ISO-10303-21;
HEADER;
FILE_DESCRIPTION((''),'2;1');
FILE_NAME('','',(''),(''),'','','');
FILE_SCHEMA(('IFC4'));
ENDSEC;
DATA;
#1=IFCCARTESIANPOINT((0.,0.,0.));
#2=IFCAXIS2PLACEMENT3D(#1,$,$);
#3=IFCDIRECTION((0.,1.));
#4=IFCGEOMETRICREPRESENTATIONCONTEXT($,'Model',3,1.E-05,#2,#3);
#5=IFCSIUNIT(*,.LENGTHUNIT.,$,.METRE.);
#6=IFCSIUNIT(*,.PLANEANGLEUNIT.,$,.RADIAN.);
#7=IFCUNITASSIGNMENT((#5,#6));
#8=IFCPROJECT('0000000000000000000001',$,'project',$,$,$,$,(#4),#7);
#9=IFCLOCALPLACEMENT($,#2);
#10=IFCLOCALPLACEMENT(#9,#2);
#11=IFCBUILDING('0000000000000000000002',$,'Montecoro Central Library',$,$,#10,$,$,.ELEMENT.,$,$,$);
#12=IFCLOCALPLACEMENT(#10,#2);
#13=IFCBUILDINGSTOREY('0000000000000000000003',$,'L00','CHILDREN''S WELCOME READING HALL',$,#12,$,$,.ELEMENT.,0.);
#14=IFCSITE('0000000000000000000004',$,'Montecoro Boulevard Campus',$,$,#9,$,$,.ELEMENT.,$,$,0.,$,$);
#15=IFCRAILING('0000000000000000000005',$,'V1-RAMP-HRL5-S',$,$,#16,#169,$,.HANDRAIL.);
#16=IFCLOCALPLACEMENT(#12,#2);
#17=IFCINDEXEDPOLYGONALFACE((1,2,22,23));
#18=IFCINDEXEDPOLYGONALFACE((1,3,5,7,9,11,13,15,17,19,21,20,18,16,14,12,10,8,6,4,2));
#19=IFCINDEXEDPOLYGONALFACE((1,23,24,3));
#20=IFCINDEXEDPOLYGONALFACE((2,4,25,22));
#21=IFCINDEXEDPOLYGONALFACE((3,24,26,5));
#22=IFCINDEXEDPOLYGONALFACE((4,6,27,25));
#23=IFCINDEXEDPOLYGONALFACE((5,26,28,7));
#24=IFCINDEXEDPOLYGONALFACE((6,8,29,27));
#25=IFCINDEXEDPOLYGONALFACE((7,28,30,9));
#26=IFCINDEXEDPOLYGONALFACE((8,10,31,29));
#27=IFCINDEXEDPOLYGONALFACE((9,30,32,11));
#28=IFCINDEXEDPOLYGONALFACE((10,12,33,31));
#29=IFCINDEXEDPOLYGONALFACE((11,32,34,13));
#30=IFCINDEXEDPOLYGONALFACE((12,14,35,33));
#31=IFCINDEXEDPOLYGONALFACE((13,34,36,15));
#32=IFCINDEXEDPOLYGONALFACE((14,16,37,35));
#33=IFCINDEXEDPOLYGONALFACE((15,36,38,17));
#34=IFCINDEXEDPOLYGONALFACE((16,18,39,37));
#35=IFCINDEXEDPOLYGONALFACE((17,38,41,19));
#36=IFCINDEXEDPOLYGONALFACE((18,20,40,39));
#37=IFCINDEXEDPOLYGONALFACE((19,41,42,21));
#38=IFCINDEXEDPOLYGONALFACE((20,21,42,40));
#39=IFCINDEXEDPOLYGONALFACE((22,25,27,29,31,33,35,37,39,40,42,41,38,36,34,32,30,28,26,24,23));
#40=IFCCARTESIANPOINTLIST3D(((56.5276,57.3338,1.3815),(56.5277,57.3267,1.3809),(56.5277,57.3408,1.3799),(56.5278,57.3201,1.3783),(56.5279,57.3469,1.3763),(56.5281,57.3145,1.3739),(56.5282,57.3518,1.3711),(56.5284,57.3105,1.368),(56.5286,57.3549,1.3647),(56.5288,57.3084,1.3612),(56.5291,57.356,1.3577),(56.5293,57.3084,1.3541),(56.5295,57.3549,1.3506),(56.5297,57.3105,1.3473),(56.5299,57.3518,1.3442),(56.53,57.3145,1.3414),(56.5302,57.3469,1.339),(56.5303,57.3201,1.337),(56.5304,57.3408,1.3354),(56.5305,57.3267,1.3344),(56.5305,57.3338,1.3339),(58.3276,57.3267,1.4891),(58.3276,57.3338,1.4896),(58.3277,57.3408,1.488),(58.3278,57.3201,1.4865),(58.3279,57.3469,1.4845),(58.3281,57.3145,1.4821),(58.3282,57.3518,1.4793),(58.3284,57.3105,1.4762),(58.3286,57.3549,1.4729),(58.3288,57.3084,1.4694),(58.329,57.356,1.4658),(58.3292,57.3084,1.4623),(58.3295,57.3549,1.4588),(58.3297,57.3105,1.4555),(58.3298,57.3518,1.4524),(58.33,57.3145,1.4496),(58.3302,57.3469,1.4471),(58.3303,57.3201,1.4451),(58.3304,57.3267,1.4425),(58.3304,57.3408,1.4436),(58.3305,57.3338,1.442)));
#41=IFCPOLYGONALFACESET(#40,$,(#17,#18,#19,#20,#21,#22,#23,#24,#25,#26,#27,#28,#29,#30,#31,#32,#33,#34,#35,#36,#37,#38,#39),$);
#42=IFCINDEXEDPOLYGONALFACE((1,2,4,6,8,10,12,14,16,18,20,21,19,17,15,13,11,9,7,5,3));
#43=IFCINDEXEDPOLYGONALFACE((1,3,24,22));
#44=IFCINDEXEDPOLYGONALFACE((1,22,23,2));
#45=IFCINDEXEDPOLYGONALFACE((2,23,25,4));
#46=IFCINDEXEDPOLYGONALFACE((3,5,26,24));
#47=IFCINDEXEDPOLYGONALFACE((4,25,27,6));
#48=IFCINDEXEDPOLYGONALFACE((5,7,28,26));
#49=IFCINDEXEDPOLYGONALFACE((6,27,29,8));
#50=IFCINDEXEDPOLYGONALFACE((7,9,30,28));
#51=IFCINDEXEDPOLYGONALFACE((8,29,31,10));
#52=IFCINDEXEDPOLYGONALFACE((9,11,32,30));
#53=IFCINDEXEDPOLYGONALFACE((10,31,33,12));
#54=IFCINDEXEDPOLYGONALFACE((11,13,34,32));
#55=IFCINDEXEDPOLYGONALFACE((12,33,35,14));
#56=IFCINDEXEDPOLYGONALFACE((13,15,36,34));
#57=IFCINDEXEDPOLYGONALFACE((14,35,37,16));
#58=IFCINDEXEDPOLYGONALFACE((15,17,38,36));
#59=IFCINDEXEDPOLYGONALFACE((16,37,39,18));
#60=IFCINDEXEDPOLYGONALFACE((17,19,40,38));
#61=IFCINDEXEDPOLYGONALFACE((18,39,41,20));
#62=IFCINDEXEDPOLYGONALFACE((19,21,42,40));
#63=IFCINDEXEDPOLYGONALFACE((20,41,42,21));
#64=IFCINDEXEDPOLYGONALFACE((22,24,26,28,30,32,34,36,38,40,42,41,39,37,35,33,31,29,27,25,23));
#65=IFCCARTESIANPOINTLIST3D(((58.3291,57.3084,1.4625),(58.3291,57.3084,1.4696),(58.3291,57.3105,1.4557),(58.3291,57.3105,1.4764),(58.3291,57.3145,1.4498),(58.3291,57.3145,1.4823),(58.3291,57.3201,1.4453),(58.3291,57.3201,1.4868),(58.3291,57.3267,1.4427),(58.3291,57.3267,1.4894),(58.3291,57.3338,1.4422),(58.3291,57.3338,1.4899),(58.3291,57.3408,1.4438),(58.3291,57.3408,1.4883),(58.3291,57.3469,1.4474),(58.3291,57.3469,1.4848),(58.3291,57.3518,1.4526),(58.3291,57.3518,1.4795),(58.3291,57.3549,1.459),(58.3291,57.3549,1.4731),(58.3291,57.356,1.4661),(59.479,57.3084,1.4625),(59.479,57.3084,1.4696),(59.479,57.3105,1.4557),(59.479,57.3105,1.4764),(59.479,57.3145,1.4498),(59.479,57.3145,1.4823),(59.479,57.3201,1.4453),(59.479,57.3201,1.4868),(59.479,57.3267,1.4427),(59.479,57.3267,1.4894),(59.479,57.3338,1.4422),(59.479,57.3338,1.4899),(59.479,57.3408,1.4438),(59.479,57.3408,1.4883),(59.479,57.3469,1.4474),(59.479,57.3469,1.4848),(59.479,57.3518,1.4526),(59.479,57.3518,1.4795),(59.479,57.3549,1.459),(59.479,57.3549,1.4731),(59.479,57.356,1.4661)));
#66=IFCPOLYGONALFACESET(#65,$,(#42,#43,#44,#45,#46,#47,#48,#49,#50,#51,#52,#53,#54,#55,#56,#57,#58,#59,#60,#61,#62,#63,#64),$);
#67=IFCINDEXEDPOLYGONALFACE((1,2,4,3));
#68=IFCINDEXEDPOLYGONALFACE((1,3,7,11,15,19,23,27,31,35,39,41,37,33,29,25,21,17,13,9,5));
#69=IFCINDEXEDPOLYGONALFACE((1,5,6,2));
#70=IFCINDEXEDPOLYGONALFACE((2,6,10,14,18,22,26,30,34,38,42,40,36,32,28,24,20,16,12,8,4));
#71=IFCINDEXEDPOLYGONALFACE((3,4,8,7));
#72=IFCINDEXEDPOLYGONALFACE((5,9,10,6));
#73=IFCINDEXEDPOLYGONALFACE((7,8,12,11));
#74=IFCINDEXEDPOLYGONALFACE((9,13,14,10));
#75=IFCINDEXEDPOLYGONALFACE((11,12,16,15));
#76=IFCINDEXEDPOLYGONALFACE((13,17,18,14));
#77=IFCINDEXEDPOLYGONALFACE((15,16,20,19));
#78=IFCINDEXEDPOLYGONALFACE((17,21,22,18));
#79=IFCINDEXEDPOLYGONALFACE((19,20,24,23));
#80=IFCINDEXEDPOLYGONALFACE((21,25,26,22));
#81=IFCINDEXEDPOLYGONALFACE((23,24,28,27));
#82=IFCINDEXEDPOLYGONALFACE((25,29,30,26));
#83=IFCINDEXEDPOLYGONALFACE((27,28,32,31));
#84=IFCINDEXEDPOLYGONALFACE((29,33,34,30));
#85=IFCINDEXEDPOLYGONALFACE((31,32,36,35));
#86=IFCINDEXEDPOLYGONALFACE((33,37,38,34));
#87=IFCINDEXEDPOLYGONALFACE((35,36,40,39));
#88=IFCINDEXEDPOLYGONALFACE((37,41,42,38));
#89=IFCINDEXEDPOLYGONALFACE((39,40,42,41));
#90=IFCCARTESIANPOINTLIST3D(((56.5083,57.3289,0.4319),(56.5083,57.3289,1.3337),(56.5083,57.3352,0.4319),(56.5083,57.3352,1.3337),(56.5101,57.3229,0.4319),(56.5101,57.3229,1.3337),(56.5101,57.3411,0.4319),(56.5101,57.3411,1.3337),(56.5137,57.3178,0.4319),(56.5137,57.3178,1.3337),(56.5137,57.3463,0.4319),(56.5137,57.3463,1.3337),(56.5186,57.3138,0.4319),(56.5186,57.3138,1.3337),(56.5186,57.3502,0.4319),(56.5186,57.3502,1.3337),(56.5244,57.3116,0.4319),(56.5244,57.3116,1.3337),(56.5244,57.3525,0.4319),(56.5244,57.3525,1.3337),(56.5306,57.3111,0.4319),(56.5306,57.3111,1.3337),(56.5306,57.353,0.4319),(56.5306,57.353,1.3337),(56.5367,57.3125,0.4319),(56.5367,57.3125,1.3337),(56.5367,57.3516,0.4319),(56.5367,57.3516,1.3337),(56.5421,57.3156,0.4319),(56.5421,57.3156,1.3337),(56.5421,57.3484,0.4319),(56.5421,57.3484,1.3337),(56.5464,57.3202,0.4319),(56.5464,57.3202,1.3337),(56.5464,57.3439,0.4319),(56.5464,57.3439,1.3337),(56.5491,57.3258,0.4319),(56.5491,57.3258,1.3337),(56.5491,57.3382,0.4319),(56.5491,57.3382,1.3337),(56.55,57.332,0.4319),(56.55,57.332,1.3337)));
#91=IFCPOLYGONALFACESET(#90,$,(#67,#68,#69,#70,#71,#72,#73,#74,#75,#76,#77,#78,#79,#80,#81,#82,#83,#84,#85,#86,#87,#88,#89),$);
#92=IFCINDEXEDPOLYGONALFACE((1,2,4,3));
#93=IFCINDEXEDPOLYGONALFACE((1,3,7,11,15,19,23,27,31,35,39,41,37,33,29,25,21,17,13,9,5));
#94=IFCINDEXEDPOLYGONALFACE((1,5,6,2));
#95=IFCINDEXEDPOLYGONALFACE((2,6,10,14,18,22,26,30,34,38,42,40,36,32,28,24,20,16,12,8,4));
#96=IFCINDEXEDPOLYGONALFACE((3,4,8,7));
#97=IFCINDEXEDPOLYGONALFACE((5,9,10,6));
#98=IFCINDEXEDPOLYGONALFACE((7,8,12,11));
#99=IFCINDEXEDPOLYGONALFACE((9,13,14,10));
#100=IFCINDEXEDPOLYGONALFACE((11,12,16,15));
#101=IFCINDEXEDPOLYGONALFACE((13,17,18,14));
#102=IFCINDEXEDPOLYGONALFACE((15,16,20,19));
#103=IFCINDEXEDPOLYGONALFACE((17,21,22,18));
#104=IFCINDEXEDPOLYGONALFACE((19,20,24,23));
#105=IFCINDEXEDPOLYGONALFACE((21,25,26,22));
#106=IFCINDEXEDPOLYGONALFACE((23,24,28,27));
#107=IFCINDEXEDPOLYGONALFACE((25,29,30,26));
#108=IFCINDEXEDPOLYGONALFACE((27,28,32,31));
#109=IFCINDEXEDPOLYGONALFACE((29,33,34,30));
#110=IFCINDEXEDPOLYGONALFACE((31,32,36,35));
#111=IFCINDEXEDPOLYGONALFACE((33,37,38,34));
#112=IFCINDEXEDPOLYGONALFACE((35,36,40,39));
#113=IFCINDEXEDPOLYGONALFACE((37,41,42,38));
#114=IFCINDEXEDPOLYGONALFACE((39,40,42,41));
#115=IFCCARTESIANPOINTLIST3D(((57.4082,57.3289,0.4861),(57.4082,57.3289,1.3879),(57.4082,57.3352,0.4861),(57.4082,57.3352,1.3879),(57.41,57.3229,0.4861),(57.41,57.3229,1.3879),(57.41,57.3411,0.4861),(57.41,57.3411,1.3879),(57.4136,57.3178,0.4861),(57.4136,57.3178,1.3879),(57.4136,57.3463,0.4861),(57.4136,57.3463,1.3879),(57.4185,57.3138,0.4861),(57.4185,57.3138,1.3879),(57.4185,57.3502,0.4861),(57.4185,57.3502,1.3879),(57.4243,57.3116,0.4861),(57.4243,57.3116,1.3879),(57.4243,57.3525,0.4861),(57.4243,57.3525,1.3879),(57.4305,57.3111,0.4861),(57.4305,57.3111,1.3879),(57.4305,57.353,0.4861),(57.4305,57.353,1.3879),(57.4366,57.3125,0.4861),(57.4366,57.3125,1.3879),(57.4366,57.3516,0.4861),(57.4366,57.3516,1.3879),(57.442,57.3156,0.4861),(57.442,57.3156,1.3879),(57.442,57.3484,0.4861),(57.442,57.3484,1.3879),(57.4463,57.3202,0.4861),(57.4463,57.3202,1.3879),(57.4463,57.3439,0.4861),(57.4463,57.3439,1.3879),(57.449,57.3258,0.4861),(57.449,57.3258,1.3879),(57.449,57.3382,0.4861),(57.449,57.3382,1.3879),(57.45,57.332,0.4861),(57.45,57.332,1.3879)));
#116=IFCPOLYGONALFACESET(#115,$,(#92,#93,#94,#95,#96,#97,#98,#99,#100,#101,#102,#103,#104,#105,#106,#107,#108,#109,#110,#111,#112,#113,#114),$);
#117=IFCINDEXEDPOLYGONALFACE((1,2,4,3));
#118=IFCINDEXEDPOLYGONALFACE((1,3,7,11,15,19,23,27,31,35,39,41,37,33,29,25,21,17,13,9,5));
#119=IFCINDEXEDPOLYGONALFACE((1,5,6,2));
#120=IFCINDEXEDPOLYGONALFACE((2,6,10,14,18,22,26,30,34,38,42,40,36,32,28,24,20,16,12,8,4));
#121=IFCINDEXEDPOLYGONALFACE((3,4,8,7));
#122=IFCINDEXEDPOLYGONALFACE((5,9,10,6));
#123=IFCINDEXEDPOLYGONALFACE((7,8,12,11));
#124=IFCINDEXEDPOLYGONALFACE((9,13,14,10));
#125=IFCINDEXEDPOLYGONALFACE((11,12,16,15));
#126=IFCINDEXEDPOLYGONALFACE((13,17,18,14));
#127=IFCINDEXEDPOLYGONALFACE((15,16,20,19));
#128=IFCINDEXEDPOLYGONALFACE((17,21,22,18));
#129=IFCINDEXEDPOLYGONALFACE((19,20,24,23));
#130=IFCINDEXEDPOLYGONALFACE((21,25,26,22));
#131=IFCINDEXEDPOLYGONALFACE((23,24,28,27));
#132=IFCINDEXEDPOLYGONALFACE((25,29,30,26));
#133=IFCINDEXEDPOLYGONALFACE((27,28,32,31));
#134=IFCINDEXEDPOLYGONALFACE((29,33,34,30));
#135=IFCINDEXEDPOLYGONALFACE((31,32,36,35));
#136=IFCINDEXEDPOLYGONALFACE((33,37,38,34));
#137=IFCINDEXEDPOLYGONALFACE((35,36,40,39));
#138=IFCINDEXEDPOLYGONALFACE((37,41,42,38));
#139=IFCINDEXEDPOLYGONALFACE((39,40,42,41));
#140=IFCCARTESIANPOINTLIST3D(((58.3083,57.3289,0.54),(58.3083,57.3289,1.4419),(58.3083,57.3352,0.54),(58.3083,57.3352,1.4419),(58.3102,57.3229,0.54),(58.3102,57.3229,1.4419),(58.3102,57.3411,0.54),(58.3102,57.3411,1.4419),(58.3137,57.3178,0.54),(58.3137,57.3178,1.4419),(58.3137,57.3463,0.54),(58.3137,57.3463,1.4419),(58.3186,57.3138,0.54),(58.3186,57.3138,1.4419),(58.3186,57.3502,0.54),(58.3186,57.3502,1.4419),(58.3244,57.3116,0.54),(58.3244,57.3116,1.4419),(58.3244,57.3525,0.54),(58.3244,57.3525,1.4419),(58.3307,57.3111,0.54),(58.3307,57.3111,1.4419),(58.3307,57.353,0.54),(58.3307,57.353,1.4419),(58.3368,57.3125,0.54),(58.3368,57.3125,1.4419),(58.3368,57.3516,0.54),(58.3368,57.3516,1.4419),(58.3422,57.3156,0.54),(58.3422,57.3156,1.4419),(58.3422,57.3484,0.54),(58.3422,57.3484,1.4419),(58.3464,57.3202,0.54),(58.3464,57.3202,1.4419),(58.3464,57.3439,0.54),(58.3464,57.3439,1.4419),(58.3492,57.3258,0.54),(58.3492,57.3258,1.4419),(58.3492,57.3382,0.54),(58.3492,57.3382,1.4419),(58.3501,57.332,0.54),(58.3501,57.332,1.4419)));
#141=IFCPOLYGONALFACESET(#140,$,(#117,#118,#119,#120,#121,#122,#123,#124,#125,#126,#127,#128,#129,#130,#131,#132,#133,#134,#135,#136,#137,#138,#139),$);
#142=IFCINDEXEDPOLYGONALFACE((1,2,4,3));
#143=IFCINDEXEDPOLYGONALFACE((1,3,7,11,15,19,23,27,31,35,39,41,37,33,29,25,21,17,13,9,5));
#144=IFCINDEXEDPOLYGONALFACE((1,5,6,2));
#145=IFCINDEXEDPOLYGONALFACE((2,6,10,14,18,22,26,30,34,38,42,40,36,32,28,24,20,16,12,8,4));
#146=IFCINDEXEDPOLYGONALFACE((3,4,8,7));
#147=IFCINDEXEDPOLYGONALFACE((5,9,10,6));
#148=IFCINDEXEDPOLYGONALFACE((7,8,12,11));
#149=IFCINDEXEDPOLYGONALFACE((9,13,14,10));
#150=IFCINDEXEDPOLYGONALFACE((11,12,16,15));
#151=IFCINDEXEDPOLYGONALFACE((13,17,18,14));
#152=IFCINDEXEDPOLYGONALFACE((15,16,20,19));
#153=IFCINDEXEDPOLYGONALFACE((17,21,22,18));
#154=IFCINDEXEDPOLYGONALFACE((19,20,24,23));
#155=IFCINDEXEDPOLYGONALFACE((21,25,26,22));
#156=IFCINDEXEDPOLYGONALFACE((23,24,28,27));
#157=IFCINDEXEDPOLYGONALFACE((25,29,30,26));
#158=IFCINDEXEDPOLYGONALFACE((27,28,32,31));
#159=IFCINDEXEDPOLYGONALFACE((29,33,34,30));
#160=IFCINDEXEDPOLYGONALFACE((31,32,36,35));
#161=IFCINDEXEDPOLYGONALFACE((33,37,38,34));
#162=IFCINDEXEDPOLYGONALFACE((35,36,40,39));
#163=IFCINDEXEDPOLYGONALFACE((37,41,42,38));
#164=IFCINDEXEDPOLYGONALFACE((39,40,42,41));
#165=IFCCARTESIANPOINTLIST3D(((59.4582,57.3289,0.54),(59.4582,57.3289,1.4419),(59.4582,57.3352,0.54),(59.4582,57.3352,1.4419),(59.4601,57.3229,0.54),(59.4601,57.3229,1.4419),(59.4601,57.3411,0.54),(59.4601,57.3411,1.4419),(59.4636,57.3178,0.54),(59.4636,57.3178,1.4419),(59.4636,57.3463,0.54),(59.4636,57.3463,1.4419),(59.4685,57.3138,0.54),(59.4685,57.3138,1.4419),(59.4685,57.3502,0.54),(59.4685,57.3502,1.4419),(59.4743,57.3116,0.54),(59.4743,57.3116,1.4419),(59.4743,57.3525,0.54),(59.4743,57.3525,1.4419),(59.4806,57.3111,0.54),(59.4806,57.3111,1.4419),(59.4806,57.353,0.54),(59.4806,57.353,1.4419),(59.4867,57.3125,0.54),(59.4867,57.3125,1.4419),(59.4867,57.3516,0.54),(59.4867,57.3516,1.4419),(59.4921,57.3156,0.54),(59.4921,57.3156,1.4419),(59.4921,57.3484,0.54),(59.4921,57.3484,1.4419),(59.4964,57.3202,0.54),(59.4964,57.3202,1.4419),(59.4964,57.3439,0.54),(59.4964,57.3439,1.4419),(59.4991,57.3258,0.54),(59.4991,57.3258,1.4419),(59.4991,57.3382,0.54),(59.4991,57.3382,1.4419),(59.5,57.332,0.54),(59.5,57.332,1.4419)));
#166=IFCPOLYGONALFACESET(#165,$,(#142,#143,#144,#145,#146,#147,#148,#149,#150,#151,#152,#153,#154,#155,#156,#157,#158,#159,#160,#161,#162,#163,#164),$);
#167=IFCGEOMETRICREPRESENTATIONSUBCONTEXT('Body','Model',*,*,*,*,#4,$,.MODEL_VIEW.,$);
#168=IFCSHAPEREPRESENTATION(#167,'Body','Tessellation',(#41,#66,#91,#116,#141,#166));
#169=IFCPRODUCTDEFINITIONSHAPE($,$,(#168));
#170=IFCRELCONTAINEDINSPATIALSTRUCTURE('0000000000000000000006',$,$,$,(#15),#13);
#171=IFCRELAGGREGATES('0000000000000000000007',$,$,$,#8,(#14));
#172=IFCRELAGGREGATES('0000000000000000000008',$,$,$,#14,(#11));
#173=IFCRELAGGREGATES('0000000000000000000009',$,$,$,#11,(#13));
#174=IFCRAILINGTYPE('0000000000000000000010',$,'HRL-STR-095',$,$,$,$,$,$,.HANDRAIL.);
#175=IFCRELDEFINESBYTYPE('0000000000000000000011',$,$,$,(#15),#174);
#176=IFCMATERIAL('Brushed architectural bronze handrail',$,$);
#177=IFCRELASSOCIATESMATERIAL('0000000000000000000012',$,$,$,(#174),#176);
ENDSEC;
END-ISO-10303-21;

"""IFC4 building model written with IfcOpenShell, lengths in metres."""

from ifc_helpers import new_model, si_unit, direction, frame, origin, origin_2d, place, context, subcontext, project, spatial, circle, extrude, material, type_object, element, save


model = new_model("IFC4")

# Units and contexts
model_context = context("Model", 3, precision=1e-05, world=origin(), true_north=direction((0.0, 1.0)))
body_context = subcontext(model_context, "Body", "Model", "MODEL_VIEW")
ifc_project = project(units=[si_unit("LENGTHUNIT", "METRE"), si_unit("PLANEANGLEUNIT", "RADIAN")], contexts=[model_context])

# Site, building, storey
site_placement = place(None, origin())
site = spatial("IfcSite", under=ifc_project, at=site_placement, Name="Montecoro Boulevard Campus", CompositionType="ELEMENT", RefElevation=0.0)
building_placement = place(site_placement, origin())
building = spatial("IfcBuilding", under=site, at=building_placement, Name="Montecoro Central Library", CompositionType="ELEMENT")
storey_placement = place(building_placement, origin())
storey = spatial("IfcBuildingStorey", under=building, at=storey_placement, Name="L00", Description="CHILDREN'S WELCOME READING HALL", CompositionType="ELEMENT", Elevation=0.0)

# Railing
ifc_material_1 = material(Name="Brushed architectural bronze handrail")
railing_type = type_object("IfcRailingType", Name="HRL-STR-095", PredefinedType="HANDRAIL", material=ifc_material_1)
railing_1_placement = place(storey_placement, frame((56.5291, 57.332, 0.4319)))
element("IfcRailing", 1, at=railing_1_placement, inside=storey, type_object=railing_type, Name="V1-RAMP-HRL5-S", PredefinedType="HANDRAIL", context=body_context, shape_type="SweptSolid", body=[
    extrude(circle(Radius=0.0239, at=origin_2d()), frame((0.0, 0.0, 0.9258), z_axis=(0.9982, 0.0, 0.059976), x_axis=(0.0, 1.0, 0.0)), (0.0, 0.0, 1.0), 1.8032),
    extrude(circle(Radius=0.0239, at=origin_2d()), frame((1.8, 0.0, 1.0342), z_axis=(1.0, 0.0, 0.0), x_axis=(0.0, 1.0, 0.0)), (0.0, 0.0, 1.0), 1.1499),
    extrude(circle(Radius=0.021, at=origin_2d()), origin(), (0.0, 0.0, 1.0), 0.9019),
    extrude(circle(Radius=0.021, at=origin_2d()), frame((0.8999, 0.0, 0.0542)), (0.0, 0.0, 1.0), 0.9019),
    extrude(circle(Radius=0.021, at=origin_2d()), frame((1.8, 0.0, 0.1082)), (0.0, 0.0, 1.0), 0.9019),
    extrude(circle(Radius=0.021, at=origin_2d()), frame((2.95, 0.0, 0.1082)), (0.0, 0.0, 1.0), 0.9019),
])

save(model, "model.ifc")
